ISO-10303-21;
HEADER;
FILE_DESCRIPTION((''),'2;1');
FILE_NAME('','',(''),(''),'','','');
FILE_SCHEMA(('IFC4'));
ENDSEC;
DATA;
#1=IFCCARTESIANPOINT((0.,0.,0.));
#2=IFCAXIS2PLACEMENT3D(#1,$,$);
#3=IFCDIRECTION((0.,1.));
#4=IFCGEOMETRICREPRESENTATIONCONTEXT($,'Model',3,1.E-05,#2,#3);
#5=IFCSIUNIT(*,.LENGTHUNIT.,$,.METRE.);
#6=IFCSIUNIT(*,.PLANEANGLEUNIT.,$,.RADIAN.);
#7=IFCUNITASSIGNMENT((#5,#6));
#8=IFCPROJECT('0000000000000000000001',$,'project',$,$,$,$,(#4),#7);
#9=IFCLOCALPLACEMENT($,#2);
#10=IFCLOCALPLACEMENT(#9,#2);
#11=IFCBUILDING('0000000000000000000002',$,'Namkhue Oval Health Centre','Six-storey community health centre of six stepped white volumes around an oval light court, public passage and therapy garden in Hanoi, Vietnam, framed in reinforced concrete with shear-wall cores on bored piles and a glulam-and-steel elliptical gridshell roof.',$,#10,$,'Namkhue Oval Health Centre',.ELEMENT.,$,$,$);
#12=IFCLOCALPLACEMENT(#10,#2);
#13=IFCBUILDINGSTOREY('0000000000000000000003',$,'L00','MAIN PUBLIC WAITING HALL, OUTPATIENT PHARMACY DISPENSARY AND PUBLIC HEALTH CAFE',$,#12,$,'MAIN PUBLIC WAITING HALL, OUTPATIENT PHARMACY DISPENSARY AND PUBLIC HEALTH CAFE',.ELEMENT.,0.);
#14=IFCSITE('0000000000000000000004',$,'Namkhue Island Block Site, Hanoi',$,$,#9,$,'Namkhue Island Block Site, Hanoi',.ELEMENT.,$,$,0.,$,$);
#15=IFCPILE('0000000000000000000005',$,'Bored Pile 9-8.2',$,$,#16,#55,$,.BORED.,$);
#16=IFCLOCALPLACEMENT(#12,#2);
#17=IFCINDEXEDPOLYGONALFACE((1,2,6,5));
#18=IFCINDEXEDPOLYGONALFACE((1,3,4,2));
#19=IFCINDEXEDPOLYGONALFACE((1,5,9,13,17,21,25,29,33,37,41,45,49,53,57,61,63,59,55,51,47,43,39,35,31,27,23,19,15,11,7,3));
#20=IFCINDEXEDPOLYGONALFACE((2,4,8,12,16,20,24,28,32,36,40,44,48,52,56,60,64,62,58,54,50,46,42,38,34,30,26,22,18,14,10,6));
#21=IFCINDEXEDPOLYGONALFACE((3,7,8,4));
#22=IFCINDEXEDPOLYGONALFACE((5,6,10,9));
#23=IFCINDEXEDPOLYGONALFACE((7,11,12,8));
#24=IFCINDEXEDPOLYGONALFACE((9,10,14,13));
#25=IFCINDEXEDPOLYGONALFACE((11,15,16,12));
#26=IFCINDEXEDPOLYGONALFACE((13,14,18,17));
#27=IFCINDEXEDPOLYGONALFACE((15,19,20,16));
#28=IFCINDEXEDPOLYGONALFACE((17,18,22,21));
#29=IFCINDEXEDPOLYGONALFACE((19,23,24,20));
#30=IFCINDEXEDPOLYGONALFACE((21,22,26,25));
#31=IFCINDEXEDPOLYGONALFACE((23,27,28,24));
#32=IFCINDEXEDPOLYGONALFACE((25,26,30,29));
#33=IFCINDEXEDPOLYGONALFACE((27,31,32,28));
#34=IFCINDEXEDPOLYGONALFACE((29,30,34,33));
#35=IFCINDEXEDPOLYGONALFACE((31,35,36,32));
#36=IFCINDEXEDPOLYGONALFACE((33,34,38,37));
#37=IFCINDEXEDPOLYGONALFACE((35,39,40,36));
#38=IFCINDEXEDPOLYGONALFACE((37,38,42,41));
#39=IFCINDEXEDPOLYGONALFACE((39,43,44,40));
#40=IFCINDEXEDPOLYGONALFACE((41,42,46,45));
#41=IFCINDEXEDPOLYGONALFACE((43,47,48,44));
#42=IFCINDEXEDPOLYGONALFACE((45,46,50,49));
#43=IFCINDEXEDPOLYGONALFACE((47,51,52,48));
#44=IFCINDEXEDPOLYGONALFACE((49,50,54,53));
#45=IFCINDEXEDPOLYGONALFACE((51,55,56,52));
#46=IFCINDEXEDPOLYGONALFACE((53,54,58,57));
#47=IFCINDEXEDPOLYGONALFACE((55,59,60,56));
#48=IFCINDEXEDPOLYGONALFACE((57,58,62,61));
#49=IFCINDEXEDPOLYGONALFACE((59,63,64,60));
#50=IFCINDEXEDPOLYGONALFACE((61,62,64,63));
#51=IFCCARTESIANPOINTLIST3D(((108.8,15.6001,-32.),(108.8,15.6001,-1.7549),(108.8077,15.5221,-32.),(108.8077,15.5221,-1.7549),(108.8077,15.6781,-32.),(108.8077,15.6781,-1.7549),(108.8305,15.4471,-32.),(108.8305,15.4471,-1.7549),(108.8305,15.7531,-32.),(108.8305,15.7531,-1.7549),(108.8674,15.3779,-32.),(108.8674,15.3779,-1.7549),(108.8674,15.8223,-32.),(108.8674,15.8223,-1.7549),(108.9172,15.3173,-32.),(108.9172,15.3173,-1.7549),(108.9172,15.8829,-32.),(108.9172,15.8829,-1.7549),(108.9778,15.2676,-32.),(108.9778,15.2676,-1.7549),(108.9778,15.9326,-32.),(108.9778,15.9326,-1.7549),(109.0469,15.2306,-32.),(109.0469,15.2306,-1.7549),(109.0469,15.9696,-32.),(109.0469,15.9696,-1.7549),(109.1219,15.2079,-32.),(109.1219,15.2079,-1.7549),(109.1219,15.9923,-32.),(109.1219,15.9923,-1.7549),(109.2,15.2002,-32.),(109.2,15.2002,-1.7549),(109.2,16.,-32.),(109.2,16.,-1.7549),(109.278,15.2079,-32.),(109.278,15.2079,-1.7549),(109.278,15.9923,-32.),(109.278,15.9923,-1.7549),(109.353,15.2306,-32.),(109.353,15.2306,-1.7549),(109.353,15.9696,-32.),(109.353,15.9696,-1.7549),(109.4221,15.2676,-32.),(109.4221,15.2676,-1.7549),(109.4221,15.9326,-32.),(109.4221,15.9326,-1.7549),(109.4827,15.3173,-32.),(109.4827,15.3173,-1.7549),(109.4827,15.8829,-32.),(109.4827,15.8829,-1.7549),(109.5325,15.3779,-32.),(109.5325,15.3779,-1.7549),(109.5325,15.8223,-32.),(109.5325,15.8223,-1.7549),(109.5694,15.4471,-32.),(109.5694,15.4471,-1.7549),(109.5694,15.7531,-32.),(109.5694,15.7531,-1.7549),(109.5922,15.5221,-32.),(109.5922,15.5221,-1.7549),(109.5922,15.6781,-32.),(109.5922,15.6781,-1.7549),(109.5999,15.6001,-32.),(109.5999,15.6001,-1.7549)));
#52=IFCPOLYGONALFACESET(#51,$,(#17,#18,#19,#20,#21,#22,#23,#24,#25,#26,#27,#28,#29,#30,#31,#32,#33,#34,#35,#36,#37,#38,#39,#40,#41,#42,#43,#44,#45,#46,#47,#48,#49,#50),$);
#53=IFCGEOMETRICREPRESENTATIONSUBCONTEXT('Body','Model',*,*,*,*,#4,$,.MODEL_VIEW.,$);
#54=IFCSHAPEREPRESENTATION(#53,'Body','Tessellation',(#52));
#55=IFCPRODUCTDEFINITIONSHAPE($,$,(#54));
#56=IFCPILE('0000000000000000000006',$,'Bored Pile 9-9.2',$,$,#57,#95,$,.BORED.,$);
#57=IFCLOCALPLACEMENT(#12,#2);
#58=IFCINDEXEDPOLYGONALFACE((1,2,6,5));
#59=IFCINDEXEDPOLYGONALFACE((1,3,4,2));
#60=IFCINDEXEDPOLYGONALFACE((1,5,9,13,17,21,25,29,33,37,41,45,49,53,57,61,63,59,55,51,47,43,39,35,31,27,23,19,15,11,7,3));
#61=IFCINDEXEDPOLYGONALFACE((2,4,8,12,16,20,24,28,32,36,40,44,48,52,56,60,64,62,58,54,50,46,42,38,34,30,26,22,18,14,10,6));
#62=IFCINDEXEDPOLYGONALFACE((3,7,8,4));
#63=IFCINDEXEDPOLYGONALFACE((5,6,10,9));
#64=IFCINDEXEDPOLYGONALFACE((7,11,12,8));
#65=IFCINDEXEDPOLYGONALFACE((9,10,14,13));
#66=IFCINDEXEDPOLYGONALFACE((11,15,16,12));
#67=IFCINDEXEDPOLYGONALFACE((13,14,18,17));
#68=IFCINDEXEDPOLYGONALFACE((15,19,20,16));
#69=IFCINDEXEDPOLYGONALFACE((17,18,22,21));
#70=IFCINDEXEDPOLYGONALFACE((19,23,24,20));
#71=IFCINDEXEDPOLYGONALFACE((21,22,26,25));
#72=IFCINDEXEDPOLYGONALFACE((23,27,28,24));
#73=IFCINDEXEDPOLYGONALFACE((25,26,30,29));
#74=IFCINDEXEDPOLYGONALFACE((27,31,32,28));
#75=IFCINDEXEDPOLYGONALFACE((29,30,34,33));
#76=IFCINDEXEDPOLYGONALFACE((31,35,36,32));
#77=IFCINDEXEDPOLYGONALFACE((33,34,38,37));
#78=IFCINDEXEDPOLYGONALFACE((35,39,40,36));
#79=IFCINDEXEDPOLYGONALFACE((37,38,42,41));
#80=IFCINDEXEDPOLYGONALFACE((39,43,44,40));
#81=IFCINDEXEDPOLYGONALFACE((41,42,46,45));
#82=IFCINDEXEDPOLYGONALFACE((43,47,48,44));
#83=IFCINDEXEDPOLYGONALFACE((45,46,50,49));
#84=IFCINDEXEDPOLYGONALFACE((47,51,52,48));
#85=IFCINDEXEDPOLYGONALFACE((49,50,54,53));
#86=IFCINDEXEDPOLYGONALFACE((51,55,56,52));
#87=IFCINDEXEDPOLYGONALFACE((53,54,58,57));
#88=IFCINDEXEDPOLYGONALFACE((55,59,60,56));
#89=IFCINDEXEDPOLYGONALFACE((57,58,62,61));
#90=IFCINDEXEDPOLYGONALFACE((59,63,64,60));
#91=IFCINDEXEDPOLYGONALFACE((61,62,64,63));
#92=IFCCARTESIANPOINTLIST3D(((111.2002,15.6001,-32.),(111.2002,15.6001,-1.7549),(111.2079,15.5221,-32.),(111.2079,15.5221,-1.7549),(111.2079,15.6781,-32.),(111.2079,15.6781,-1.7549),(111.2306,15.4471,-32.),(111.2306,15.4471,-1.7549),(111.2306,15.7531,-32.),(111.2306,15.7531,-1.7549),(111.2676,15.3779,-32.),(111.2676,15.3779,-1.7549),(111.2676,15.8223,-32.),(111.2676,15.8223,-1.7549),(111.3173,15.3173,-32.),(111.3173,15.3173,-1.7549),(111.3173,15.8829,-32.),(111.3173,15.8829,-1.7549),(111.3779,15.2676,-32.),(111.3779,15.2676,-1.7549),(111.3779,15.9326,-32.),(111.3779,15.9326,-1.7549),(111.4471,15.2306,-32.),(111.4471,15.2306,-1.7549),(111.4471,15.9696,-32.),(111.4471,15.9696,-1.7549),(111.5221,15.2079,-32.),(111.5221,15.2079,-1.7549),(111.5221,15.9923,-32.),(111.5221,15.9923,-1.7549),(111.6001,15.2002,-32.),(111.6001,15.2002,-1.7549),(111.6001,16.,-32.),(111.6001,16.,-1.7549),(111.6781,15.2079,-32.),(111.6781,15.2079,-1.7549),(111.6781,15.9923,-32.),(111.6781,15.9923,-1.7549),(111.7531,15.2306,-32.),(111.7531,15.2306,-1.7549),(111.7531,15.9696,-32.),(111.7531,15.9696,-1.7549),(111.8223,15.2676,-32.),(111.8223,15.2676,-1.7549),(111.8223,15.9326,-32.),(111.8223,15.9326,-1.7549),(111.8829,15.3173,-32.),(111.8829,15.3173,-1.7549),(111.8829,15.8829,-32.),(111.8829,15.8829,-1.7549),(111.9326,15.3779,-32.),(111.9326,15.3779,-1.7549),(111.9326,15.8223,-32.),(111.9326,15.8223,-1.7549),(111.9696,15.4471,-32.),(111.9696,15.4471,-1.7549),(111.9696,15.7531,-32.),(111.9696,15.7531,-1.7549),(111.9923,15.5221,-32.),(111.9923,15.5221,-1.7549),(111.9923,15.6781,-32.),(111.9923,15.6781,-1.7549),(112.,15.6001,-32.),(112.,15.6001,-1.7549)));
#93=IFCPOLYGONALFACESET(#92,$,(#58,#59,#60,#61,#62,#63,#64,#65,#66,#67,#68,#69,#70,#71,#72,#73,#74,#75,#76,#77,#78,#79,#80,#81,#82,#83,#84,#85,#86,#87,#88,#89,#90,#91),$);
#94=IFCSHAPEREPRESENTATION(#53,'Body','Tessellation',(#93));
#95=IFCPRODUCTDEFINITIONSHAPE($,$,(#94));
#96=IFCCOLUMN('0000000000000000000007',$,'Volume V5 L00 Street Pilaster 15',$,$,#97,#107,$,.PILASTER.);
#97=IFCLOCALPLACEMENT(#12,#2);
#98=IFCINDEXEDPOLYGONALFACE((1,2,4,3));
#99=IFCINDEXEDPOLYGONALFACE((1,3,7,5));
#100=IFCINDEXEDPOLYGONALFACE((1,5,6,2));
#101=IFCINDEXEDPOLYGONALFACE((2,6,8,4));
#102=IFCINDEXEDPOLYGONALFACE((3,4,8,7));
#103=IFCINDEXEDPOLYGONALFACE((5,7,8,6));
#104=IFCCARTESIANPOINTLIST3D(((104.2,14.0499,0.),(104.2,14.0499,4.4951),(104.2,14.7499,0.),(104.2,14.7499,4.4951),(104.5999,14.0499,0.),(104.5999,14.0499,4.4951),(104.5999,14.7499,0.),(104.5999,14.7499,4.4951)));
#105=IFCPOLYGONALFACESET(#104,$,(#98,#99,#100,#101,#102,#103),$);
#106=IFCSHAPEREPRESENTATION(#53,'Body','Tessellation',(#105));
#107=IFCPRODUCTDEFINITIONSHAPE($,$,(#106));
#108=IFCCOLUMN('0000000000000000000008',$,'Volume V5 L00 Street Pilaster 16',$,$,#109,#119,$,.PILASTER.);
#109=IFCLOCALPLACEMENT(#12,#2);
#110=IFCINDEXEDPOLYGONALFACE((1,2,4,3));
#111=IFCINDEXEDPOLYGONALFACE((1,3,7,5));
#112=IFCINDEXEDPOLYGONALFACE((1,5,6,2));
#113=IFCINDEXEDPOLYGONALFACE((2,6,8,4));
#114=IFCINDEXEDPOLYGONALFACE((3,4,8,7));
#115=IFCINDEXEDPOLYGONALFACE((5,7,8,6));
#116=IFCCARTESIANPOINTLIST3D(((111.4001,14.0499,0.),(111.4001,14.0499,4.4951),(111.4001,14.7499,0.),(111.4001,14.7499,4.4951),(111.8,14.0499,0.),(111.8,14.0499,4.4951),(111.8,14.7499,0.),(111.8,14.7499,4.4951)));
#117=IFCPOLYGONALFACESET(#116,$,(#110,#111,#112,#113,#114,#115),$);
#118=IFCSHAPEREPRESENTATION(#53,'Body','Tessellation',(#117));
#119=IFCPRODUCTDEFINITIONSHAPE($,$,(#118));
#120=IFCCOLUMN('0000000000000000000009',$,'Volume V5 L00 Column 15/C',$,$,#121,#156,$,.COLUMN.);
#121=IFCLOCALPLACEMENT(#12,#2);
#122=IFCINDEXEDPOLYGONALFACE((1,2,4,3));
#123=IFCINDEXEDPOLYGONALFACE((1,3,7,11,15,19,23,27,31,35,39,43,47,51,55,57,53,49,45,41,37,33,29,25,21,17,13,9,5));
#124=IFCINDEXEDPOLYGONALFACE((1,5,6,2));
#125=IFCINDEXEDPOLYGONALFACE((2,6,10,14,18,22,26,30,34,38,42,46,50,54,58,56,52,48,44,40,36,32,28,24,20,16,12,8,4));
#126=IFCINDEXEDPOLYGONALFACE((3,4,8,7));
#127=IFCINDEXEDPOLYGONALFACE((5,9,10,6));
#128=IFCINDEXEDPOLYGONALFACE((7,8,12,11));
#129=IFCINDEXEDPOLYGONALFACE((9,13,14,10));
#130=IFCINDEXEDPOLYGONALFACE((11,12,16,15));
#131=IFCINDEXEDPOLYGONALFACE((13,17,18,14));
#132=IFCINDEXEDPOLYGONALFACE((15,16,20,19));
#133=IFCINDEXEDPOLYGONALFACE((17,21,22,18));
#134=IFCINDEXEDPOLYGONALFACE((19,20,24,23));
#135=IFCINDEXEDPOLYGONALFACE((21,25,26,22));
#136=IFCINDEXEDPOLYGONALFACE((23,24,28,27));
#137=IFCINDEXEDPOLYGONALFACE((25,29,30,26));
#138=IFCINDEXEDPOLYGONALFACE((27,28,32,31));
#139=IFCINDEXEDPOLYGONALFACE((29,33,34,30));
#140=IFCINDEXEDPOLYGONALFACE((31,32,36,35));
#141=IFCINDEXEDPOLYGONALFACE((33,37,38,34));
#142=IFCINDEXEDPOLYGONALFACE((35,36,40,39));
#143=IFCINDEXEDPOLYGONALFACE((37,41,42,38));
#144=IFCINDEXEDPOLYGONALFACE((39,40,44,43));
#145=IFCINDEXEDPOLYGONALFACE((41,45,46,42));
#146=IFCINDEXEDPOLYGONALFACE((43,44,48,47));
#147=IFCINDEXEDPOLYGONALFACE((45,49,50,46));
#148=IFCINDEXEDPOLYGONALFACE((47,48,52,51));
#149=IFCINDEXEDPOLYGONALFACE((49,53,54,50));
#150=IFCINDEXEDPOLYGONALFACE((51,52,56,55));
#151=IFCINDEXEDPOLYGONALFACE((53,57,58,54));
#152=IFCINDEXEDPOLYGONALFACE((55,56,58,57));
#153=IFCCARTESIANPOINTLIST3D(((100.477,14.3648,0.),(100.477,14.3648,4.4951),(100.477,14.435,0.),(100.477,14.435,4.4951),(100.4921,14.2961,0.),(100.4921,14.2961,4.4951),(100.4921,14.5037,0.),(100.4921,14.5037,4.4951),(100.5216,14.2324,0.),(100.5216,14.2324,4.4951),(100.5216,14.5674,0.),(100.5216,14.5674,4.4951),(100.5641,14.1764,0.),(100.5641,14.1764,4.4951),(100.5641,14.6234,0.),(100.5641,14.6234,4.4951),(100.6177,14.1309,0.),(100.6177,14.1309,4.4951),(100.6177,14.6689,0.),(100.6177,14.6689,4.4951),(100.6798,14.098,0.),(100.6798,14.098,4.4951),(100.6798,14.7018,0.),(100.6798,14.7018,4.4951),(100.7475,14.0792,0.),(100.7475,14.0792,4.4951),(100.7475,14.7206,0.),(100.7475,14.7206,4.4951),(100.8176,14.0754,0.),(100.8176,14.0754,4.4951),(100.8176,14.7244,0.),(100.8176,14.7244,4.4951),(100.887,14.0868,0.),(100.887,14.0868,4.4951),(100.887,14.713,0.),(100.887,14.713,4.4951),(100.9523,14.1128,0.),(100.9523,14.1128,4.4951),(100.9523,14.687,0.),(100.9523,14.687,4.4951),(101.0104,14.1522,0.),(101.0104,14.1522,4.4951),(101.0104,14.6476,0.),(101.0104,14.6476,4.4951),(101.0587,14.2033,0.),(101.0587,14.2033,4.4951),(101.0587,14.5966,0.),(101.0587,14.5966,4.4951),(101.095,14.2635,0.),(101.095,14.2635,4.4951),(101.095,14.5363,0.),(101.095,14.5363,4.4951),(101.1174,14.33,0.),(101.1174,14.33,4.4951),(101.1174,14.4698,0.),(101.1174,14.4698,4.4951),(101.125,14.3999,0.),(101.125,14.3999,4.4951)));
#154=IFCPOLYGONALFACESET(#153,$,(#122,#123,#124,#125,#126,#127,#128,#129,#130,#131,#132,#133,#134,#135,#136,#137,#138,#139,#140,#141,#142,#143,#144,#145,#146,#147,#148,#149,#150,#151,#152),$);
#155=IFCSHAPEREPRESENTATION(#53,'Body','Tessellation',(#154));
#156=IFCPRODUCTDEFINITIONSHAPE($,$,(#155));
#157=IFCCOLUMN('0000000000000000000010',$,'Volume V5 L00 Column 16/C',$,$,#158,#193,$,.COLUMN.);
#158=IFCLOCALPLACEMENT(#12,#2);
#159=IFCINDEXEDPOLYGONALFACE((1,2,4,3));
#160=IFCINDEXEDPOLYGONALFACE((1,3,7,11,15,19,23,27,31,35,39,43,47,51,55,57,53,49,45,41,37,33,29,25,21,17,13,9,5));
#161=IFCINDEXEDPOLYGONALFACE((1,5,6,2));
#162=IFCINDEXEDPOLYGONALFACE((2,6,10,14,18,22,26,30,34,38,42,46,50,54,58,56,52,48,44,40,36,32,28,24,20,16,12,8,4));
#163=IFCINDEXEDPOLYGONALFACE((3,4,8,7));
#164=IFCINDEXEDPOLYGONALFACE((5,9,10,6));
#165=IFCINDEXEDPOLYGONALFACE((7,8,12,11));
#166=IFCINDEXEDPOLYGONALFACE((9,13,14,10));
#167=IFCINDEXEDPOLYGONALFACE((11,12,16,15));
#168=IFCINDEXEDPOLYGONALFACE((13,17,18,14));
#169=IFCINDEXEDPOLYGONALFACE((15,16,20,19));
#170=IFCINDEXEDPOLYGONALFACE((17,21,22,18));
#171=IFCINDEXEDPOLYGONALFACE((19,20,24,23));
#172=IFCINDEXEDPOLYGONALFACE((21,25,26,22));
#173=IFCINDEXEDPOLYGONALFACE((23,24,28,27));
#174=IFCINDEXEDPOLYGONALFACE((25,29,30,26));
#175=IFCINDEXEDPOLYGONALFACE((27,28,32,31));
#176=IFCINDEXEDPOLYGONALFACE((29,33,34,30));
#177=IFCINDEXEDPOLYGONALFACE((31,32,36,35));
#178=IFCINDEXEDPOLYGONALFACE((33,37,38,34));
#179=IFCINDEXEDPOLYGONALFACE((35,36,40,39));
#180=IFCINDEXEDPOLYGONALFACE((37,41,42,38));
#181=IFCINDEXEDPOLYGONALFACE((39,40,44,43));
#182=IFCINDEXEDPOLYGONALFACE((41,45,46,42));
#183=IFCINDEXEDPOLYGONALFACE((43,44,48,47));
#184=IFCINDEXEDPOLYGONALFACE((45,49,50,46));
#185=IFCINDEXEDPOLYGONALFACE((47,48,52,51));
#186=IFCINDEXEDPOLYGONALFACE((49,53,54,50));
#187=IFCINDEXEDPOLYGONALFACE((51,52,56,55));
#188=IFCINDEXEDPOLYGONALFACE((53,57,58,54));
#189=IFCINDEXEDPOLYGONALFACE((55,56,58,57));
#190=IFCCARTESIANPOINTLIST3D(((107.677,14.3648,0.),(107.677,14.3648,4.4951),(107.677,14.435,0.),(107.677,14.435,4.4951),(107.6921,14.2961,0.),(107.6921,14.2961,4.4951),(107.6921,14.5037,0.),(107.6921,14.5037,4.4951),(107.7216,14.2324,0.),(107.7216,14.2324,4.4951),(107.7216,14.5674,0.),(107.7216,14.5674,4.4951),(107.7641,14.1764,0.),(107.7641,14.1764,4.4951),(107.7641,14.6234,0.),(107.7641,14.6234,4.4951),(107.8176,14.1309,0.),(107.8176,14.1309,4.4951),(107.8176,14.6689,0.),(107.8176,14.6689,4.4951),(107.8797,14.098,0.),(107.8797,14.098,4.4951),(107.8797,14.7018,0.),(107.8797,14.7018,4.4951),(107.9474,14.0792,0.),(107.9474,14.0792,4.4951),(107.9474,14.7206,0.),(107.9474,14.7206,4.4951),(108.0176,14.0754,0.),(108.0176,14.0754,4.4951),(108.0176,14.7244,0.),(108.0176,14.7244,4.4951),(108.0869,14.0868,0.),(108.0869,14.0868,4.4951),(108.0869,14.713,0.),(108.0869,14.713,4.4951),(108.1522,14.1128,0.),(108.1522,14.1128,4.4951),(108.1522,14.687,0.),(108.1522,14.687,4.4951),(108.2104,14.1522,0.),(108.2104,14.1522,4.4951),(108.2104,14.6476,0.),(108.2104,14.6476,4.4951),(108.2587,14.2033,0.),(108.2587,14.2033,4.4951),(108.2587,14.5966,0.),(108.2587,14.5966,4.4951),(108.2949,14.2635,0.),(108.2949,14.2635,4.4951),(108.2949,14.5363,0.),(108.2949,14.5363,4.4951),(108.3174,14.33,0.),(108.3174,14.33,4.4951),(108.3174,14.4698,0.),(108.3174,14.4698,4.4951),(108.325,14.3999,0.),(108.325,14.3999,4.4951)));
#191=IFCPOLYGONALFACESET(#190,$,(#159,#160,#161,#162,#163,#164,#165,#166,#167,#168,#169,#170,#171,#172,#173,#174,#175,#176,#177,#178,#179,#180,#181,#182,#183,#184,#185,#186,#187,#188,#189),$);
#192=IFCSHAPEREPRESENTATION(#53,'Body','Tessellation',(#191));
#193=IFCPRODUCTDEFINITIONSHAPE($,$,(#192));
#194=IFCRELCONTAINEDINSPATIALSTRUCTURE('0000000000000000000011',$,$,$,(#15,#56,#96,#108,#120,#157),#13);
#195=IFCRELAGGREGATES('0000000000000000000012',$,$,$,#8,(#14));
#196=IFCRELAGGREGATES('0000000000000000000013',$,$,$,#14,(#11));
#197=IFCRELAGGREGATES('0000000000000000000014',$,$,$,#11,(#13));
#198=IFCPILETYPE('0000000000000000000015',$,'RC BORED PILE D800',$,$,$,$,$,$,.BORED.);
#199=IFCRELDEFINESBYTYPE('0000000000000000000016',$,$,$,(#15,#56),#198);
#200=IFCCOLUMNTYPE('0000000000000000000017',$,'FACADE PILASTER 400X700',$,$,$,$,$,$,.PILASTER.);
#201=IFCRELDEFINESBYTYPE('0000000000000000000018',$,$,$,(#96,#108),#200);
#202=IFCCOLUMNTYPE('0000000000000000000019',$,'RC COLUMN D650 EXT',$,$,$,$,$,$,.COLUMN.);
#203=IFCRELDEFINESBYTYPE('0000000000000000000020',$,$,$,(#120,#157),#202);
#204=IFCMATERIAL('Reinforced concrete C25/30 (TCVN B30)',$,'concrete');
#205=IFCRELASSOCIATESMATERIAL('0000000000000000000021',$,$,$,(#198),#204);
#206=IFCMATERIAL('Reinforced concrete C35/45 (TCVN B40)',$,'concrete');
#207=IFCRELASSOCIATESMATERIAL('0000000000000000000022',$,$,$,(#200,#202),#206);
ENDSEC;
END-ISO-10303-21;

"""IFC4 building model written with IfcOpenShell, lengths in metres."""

from ifc_helpers import new_model, si_unit, direction, frame, origin, origin_2d, place, context, subcontext, project, spatial, rectangle, circle, extrude, material, material_profile, profile_set, type_object, element, save


model = new_model("IFC4")

# Units and contexts
model_context = context("Model", 3, precision=1e-05, world=origin(), true_north=direction((0.0, 1.0)))
body_context = subcontext(model_context, "Body", "Model", "MODEL_VIEW")
ifc_project = project(units=[si_unit("LENGTHUNIT", "METRE"), si_unit("PLANEANGLEUNIT", "RADIAN")], contexts=[model_context])

# Site, building, storey
site_placement = place(None, origin())
site = spatial("IfcSite", under=ifc_project, at=site_placement, Name="Namkhue Island Block Site, Hanoi", LongName="Namkhue Island Block Site, Hanoi", CompositionType="ELEMENT", RefElevation=0.0)
building_placement = place(site_placement, origin())
building = spatial("IfcBuilding", under=site, at=building_placement, Name="Namkhue Oval Health Centre", Description="Six-storey community health centre of six stepped white volumes around an oval light court, public passage and therapy garden in Hanoi, Vietnam, framed in reinforced concrete with shear-wall cores on bored piles and a glulam-and-steel elliptical gridshell roof.", LongName="Namkhue Oval Health Centre", CompositionType="ELEMENT")
storey_placement = place(building_placement, origin())
storey = spatial("IfcBuildingStorey", under=building, at=storey_placement, Name="L00", Description="MAIN PUBLIC WAITING HALL, OUTPATIENT PHARMACY DISPENSARY AND PUBLIC HEALTH CAFE", LongName="MAIN PUBLIC WAITING HALL, OUTPATIENT PHARMACY DISPENSARY AND PUBLIC HEALTH CAFE", CompositionType="ELEMENT", Elevation=0.0)

# Piles
ifc_material_1 = material(Name="Reinforced concrete C25/30 (TCVN B30)", Category="concrete")
ifc_material_profile_1 = material_profile(ifc_material_1, circle(Radius=0.3999, at=origin_2d()), Name="BORED PILE D800")
ifc_profile_set_1 = profile_set([ifc_material_profile_1], Name="Reinforced concrete C25/30 (TCVN B30)")
pile_type = type_object("IfcPileType", Name="RC BORED PILE D800", PredefinedType="BORED", material=ifc_profile_set_1)
for number, where, z_axis, x_axis, name in (
    (1, (109.2, 15.6001, -1.7549), (0.0, 0.0, -1.0), (1.0, 0.0, 0.0), "Bored Pile 9-8.2"),
    (2, (111.6001, 15.6001, -1.7549), (0.0, 0.0, -1.0), (1.0, 0.0, 0.0), "Bored Pile 9-9.2"),
):
    element("IfcPile", number, at=place(storey_placement, frame(where, z_axis=z_axis, x_axis=x_axis)), inside=storey, type_object=pile_type, Name=name, PredefinedType="BORED", context=body_context, shape_type="SweptSolid", body=[
        extrude(circle(Radius=0.3999, at=origin_2d()), origin(), (0.0, 0.0, 1.0), 30.2451),
    ])

# Columns
ifc_material_2 = material(Name="Reinforced concrete C35/45 (TCVN B40)", Category="concrete")
ifc_material_profile_2 = material_profile(ifc_material_2, rectangle(XDim=0.3999, YDim=0.7, at=origin_2d()), Name="RC 400x700")
ifc_profile_set_2 = profile_set([ifc_material_profile_2], Name="Reinforced concrete C35/45 (TCVN B40)")
column_type_1 = type_object("IfcColumnType", Name="FACADE PILASTER 400X700", PredefinedType="PILASTER", material=ifc_profile_set_2)
for number, where, z_axis, x_axis, name in (
    (3, (104.3999, 14.3999, 0.0), (0.0, 0.0, 1.0), (1.0, 0.0, 0.0), "Volume V5 L00 Street Pilaster 15"),
    (4, (111.6001, 14.3999, 0.0), (0.0, 0.0, 1.0), (1.0, 0.0, 0.0), "Volume V5 L00 Street Pilaster 16"),
):
    element("IfcColumn", number, at=place(storey_placement, frame(where, z_axis=z_axis, x_axis=x_axis)), inside=storey, type_object=column_type_1, Name=name, PredefinedType="PILASTER", context=body_context, shape_type="SweptSolid", body=[
        extrude(rectangle(XDim=0.3999, YDim=0.7, at=origin_2d()), origin(), (0.0, 0.0, 1.0), 4.4951),
    ])
ifc_material_profile_3 = material_profile(ifc_material_2, circle(Radius=0.325, at=origin_2d()), Name="RC D650")
ifc_profile_set_3 = profile_set([ifc_material_profile_3], Name="Reinforced concrete C35/45 (TCVN B40)")
column_type_2 = type_object("IfcColumnType", Name="RC COLUMN D650 EXT", PredefinedType="COLUMN", material=ifc_profile_set_3)
for number, where, z_axis, x_axis, name in (
    (5, (100.8, 14.3999, 0.0), (0.0, 0.0, 1.0), (1.0, 0.0, 0.0), "Volume V5 L00 Column 15/C"),
    (6, (108.0, 14.3999, 0.0), (0.0, 0.0, 1.0), (1.0, 0.0, 0.0), "Volume V5 L00 Column 16/C"),
):
    element("IfcColumn", number, at=place(storey_placement, frame(where, z_axis=z_axis, x_axis=x_axis)), inside=storey, type_object=column_type_2, Name=name, PredefinedType="COLUMN", context=body_context, shape_type="SweptSolid", body=[
        extrude(circle(Radius=0.325, at=origin_2d()), origin(), (0.0, 0.0, 1.0), 4.4951),
    ])

save(model, "model.ifc")
